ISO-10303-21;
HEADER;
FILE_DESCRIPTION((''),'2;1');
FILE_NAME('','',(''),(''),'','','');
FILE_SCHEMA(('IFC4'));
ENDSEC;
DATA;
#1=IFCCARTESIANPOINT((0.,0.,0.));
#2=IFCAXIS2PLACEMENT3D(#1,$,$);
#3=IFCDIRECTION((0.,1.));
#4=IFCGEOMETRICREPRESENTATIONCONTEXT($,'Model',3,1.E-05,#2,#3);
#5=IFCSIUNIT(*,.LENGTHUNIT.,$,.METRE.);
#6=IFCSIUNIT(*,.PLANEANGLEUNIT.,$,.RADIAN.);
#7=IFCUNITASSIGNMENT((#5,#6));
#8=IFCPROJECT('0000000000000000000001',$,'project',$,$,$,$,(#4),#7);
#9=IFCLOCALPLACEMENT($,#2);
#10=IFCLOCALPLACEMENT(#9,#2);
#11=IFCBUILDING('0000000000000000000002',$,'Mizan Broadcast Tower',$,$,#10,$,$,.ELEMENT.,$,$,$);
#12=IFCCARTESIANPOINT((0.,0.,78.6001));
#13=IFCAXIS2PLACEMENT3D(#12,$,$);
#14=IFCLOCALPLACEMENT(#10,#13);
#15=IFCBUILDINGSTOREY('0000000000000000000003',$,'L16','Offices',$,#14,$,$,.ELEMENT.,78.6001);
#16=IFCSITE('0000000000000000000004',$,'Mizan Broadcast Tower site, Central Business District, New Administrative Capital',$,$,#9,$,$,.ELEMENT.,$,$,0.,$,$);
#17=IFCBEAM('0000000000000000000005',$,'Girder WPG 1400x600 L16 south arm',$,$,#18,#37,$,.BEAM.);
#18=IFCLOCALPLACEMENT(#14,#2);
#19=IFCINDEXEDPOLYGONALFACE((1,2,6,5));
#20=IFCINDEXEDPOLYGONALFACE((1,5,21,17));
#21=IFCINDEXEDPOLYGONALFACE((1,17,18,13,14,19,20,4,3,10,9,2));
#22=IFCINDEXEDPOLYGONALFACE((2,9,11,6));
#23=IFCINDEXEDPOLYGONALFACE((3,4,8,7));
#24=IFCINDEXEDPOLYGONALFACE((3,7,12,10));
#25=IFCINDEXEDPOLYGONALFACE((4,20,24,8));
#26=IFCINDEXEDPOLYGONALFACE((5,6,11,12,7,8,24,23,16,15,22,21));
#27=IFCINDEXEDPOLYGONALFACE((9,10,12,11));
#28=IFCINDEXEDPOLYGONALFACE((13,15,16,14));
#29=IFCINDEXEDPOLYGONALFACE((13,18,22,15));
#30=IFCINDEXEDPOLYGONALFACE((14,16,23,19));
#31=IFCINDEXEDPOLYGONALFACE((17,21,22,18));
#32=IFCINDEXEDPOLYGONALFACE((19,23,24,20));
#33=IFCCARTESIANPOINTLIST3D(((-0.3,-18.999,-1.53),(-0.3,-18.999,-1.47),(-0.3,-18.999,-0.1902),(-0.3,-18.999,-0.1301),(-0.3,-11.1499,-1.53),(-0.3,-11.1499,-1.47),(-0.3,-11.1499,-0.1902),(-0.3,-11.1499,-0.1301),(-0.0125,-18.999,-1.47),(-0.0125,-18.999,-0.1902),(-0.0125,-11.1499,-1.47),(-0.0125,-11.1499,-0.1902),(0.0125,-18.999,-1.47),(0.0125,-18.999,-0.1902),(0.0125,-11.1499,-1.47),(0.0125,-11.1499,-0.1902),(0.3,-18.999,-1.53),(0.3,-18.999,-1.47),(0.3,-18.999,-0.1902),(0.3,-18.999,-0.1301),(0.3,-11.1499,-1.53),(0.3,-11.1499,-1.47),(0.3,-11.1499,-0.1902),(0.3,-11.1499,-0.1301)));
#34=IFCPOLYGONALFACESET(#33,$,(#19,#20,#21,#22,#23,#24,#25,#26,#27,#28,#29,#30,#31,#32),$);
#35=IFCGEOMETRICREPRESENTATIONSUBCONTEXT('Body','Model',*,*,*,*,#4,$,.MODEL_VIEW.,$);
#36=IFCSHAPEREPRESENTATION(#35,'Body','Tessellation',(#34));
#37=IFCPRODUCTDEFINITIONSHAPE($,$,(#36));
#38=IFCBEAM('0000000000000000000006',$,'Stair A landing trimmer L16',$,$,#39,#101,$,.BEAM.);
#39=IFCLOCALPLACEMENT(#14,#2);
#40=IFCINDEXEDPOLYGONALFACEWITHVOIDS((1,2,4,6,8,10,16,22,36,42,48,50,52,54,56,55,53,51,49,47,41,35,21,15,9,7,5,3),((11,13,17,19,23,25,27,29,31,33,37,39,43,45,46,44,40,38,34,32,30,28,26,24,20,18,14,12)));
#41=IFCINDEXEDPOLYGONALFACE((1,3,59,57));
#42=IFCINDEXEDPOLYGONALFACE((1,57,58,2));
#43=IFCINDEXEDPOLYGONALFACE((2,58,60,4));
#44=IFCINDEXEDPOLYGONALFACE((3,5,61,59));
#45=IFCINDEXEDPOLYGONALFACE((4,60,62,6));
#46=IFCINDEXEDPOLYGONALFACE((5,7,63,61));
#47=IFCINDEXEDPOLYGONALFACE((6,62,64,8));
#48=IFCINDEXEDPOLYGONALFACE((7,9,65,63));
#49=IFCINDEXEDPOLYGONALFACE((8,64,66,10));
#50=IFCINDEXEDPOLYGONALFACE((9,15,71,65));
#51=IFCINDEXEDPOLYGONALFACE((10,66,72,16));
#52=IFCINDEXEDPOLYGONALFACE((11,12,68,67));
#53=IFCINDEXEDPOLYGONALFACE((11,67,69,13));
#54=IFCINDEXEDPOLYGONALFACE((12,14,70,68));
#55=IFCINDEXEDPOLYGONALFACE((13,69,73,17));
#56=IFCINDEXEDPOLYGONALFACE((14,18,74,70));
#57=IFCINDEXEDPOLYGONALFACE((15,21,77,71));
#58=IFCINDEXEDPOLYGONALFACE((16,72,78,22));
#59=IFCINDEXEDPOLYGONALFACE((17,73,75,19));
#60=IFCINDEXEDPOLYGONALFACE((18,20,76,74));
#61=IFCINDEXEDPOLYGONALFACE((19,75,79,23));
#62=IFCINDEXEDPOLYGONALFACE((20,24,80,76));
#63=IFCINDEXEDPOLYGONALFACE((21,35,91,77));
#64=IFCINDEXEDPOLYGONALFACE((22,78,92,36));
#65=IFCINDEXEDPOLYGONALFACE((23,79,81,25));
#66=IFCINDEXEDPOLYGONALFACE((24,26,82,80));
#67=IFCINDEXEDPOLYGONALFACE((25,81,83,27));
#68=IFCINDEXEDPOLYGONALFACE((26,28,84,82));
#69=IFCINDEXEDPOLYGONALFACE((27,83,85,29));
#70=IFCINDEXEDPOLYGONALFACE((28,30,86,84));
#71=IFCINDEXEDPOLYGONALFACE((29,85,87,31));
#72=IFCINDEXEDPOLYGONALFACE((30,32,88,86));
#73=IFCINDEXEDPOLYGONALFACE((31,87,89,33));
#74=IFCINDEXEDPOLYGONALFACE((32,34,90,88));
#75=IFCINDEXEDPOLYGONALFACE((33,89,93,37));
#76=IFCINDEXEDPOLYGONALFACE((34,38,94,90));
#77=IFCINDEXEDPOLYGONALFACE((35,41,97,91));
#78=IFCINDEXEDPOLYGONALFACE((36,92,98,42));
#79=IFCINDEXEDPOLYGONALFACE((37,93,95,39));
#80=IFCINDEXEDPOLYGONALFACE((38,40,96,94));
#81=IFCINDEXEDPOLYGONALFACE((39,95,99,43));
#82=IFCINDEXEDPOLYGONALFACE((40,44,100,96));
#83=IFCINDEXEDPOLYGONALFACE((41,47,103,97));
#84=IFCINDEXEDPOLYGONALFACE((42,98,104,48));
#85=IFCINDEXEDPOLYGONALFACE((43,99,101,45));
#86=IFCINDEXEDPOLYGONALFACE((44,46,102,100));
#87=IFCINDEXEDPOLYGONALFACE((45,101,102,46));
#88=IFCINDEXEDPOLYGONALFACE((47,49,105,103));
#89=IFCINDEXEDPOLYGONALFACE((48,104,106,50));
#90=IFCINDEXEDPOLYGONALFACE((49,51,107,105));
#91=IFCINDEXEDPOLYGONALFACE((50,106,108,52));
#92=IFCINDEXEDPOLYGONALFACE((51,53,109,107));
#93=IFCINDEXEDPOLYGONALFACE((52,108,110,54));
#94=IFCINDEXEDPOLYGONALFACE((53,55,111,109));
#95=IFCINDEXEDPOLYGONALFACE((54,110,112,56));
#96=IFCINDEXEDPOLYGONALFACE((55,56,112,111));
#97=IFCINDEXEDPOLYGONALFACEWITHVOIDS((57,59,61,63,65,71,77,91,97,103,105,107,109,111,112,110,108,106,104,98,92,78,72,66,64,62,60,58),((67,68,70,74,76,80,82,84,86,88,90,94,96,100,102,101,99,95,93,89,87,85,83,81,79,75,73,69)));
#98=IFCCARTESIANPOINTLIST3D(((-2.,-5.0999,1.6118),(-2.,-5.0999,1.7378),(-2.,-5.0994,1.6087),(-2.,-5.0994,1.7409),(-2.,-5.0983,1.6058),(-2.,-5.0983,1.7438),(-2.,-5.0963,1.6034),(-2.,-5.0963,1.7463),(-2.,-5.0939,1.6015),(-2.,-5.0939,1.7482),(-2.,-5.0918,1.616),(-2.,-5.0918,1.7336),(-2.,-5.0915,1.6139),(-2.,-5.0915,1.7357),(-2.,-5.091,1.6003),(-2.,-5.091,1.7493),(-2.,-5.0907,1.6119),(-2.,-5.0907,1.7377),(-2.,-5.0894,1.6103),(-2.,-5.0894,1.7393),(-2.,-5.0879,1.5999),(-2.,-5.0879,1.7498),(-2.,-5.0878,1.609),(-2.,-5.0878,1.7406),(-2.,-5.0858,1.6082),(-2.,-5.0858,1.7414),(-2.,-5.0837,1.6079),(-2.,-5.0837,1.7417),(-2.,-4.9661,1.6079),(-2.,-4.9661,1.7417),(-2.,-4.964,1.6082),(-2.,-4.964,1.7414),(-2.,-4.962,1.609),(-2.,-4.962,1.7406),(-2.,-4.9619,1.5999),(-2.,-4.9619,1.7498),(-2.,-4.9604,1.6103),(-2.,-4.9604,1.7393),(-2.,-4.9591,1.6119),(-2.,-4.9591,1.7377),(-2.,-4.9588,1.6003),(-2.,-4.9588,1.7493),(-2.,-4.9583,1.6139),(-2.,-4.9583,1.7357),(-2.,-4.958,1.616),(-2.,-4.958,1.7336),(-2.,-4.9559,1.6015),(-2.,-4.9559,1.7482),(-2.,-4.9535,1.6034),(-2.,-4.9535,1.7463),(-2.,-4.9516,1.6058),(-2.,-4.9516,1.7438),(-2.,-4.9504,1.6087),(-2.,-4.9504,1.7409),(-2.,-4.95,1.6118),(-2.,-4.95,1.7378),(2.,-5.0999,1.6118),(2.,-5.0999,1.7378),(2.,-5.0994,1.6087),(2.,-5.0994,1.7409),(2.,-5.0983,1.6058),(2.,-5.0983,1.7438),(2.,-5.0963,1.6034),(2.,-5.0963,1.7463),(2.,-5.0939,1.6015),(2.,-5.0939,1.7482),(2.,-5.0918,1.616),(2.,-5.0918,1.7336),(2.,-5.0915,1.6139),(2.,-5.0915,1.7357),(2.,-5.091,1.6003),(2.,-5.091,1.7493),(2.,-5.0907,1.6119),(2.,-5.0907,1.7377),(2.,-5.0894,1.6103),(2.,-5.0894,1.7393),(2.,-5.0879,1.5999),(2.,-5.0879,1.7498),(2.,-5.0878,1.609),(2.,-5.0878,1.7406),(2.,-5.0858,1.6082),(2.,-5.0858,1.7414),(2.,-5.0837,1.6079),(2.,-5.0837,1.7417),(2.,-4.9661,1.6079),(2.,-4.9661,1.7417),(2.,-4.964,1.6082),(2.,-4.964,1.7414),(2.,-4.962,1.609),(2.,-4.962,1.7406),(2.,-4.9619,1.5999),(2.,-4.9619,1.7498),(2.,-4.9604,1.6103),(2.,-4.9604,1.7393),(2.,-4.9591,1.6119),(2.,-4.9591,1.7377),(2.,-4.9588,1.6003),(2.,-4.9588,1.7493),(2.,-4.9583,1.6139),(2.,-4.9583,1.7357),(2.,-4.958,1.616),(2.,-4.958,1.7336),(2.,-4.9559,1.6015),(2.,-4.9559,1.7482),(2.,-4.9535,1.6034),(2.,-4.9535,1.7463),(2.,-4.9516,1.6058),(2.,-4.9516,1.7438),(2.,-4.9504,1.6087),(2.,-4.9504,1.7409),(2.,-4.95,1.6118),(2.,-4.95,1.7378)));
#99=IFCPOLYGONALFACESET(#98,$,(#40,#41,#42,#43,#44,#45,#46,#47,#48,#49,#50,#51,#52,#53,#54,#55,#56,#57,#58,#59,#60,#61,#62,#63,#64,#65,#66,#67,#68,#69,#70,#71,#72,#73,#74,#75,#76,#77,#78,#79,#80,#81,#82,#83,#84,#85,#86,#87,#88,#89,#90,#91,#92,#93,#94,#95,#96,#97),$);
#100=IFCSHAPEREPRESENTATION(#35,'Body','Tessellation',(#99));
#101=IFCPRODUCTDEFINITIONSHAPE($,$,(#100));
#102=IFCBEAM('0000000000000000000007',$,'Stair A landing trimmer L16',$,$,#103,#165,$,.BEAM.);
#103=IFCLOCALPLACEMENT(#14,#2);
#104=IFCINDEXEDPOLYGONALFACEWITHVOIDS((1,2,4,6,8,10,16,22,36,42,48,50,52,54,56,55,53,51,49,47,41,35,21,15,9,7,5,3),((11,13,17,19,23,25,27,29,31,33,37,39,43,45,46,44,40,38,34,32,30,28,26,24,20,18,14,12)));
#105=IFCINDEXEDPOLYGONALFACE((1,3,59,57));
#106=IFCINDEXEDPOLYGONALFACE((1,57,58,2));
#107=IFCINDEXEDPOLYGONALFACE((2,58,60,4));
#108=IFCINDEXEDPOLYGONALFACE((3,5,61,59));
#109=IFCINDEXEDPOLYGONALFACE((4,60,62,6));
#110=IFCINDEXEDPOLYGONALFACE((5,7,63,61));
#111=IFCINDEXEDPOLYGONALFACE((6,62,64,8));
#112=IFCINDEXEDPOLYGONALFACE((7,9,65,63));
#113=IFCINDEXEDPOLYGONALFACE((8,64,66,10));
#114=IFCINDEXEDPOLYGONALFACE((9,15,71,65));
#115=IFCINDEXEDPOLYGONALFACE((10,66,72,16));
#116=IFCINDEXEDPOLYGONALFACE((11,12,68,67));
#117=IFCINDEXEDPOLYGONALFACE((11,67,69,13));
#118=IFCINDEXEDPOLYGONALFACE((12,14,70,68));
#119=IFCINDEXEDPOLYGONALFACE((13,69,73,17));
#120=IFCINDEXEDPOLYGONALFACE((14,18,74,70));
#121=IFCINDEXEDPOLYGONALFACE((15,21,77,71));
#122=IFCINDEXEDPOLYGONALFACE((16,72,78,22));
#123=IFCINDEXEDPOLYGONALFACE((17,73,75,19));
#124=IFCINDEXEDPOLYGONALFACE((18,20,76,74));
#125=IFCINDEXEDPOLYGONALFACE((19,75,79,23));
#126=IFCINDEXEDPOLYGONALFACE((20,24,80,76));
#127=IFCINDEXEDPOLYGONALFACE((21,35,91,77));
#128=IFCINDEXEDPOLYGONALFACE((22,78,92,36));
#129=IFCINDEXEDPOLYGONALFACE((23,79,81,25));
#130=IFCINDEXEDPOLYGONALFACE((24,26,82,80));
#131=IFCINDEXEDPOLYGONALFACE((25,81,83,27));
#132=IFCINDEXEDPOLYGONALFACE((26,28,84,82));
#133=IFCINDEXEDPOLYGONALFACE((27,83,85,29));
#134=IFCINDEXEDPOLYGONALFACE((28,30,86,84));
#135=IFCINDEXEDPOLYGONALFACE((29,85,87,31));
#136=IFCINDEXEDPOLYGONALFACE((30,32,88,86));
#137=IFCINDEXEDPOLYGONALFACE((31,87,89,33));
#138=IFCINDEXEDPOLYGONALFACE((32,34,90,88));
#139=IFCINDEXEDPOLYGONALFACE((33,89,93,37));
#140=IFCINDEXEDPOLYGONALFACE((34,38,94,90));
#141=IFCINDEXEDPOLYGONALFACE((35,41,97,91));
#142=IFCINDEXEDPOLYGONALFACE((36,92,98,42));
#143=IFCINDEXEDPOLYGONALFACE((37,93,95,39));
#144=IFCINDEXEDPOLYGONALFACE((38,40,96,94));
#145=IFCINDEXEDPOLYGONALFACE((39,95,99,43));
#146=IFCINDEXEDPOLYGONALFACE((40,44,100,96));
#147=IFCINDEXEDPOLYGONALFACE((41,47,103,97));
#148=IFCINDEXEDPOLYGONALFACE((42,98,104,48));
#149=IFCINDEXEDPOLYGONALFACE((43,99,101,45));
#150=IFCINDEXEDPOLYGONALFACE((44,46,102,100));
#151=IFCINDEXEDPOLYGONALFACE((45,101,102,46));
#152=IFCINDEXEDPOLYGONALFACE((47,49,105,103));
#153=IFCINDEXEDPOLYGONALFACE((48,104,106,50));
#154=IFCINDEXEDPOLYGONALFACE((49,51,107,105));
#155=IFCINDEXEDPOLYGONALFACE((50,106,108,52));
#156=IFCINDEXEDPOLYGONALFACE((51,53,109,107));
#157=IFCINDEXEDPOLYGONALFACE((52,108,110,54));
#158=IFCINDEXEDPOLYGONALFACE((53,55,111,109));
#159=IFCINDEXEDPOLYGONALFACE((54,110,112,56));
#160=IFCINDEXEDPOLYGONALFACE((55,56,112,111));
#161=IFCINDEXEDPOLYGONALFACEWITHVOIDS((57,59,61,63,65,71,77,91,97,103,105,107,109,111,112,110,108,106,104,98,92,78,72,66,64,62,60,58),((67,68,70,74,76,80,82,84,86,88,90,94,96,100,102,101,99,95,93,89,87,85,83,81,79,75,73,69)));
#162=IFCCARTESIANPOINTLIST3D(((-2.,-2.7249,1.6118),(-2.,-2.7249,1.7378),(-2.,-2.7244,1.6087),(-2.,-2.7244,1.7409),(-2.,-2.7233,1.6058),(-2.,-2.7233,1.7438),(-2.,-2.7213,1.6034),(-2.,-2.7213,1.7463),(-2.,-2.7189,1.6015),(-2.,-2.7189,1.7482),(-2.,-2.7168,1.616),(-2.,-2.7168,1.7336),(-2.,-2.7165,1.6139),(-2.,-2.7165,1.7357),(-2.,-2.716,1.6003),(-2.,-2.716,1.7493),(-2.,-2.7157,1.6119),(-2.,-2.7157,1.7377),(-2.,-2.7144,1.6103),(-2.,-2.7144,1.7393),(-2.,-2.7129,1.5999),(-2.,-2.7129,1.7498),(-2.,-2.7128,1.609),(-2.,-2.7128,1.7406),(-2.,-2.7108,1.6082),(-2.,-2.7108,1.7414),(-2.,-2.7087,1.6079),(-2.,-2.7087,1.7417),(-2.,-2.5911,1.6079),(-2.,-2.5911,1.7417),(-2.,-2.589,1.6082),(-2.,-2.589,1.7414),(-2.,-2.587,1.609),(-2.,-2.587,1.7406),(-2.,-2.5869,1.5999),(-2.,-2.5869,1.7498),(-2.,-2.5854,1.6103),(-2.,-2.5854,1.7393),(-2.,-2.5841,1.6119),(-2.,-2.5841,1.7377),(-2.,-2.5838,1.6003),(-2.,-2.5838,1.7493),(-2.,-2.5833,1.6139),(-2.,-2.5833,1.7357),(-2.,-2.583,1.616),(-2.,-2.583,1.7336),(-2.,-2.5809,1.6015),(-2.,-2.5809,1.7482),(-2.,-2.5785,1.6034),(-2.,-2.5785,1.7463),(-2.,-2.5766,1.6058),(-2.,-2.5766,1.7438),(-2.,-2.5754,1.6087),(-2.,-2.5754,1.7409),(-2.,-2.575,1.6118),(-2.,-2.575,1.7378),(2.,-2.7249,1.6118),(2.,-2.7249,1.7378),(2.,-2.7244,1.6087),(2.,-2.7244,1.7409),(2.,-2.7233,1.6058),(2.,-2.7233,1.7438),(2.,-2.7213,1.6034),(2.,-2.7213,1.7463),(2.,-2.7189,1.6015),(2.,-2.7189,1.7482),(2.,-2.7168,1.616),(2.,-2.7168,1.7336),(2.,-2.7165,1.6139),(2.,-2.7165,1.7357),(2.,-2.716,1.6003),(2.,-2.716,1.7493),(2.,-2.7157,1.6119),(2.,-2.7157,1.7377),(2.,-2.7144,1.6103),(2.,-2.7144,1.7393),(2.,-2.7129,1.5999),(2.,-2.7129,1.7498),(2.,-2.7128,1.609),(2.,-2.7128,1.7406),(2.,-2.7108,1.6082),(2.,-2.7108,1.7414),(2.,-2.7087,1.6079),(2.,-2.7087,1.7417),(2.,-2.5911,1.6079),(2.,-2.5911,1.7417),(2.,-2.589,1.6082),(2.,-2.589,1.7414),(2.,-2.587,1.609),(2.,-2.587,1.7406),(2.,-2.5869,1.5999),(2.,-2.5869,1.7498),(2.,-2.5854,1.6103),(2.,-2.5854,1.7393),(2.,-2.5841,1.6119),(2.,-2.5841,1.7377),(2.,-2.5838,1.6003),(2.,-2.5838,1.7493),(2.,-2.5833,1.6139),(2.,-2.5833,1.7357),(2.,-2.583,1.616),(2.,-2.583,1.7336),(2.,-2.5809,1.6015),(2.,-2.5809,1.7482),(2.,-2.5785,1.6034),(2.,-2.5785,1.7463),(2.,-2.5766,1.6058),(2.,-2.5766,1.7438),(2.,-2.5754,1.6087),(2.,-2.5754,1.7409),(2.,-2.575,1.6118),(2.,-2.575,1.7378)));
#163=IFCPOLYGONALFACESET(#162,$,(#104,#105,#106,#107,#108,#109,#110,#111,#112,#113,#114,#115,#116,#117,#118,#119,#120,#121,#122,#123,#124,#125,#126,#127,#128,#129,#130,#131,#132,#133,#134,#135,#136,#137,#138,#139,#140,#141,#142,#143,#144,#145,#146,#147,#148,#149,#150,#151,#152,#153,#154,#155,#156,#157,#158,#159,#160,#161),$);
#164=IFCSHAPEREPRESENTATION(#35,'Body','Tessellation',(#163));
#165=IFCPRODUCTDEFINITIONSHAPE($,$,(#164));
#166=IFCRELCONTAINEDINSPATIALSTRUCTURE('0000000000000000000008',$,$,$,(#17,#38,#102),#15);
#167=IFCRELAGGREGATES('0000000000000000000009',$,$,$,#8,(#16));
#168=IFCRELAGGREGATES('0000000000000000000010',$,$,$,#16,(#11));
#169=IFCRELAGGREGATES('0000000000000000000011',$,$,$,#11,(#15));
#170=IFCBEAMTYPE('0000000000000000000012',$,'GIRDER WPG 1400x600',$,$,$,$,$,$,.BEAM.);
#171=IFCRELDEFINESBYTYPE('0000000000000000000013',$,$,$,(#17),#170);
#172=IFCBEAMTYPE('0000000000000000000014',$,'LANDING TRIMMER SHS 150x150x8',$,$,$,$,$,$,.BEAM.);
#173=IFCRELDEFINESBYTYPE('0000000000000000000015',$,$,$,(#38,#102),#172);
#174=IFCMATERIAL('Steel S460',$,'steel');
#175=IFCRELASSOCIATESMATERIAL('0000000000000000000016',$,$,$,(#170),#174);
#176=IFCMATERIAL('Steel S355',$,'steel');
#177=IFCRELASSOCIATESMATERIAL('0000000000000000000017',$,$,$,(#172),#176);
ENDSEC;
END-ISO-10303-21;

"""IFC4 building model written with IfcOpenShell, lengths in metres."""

from ifc_helpers import new_model, si_unit, direction, frame, origin, origin_2d, place, context, subcontext, project, spatial, hollow_rectangle, i_section, extrude, material, material_profile, profile_set, type_object, element, save


model = new_model("IFC4")

# Units and contexts
model_context = context("Model", 3, precision=1e-05, world=origin(), true_north=direction((0.0, 1.0)))
body_context = subcontext(model_context, "Body", "Model", "MODEL_VIEW")
ifc_project = project(units=[si_unit("LENGTHUNIT", "METRE"), si_unit("PLANEANGLEUNIT", "RADIAN")], contexts=[model_context])

# Site, building, storey
site_placement = place(None, origin())
site = spatial("IfcSite", under=ifc_project, at=site_placement, Name="Mizan Broadcast Tower site, Central Business District, New Administrative Capital", CompositionType="ELEMENT", RefElevation=0.0)
building_placement = place(site_placement, origin())
building = spatial("IfcBuilding", under=site, at=building_placement, Name="Mizan Broadcast Tower", CompositionType="ELEMENT")
storey_placement = place(building_placement, frame((0.0, 0.0, 78.6001)))
storey = spatial("IfcBuildingStorey", under=building, at=storey_placement, Name="L16", Description="Offices", CompositionType="ELEMENT", Elevation=78.6001)

# Beams
ifc_material_1 = material(Name="Steel S460", Category="steel")
ifc_material_profile_1 = material_profile(ifc_material_1, i_section(OverallWidth=0.6001, OverallDepth=1.3999, WebThickness=0.0249, FlangeThickness=0.0601, at=origin_2d()), Name="WPG 1400x600")
ifc_profile_set_1 = profile_set([ifc_material_profile_1], Name="Steel S460")
beam_type_1 = type_object("IfcBeamType", Name="GIRDER WPG 1400x600", PredefinedType="BEAM", material=ifc_profile_set_1)
beam_placement = place(storey_placement, frame((0.0, -11.1499, -0.8301), z_axis=(0.0, -1.0, 0.0), x_axis=(1.0, 0.0, 0.0)))
element("IfcBeam", 1, at=beam_placement, inside=storey, type_object=beam_type_1, Name="Girder WPG 1400x600 L16 south arm", PredefinedType="BEAM", context=body_context, shape_type="SweptSolid", body=[
    extrude(i_section(OverallWidth=0.6001, OverallDepth=1.3999, WebThickness=0.0249, FlangeThickness=0.0601, at=origin_2d()), origin(), (0.0, 0.0, 1.0), 7.8491),
])
ifc_material_2 = material(Name="Steel S355", Category="steel")
ifc_material_profile_2 = material_profile(ifc_material_2, hollow_rectangle(XDim=0.1499, YDim=0.1499, WallThickness=0.0081, InnerFilletRadius=0.0081, OuterFilletRadius=0.012, at=origin_2d()), Name="SHS 150x150x8")
ifc_profile_set_2 = profile_set([ifc_material_profile_2], Name="Steel S355")
beam_type_2 = type_object("IfcBeamType", Name="LANDING TRIMMER SHS 150x150x8", PredefinedType="BEAM", material=ifc_profile_set_2)
for number, where, z_axis, x_axis, name in (
    (2, (-2.0, -5.0249, 1.6748), (1.0, 0.0, 0.0), (0.0, 1.0, 0.0), "Stair A landing trimmer L16"),
    (3, (-2.0, -2.6499, 1.6748), (1.0, 0.0, 0.0), (0.0, 1.0, 0.0), "Stair A landing trimmer L16"),
):
    element("IfcBeam", number, at=place(storey_placement, frame(where, z_axis=z_axis, x_axis=x_axis)), inside=storey, type_object=beam_type_2, Name=name, PredefinedType="BEAM", context=body_context, shape_type="SweptSolid", body=[
        extrude(hollow_rectangle(XDim=0.1499, YDim=0.1499, WallThickness=0.0081, InnerFilletRadius=0.0081, OuterFilletRadius=0.012, at=origin_2d()), origin(), (0.0, 0.0, 1.0), 4.0),
    ])

save(model, "model.ifc")
